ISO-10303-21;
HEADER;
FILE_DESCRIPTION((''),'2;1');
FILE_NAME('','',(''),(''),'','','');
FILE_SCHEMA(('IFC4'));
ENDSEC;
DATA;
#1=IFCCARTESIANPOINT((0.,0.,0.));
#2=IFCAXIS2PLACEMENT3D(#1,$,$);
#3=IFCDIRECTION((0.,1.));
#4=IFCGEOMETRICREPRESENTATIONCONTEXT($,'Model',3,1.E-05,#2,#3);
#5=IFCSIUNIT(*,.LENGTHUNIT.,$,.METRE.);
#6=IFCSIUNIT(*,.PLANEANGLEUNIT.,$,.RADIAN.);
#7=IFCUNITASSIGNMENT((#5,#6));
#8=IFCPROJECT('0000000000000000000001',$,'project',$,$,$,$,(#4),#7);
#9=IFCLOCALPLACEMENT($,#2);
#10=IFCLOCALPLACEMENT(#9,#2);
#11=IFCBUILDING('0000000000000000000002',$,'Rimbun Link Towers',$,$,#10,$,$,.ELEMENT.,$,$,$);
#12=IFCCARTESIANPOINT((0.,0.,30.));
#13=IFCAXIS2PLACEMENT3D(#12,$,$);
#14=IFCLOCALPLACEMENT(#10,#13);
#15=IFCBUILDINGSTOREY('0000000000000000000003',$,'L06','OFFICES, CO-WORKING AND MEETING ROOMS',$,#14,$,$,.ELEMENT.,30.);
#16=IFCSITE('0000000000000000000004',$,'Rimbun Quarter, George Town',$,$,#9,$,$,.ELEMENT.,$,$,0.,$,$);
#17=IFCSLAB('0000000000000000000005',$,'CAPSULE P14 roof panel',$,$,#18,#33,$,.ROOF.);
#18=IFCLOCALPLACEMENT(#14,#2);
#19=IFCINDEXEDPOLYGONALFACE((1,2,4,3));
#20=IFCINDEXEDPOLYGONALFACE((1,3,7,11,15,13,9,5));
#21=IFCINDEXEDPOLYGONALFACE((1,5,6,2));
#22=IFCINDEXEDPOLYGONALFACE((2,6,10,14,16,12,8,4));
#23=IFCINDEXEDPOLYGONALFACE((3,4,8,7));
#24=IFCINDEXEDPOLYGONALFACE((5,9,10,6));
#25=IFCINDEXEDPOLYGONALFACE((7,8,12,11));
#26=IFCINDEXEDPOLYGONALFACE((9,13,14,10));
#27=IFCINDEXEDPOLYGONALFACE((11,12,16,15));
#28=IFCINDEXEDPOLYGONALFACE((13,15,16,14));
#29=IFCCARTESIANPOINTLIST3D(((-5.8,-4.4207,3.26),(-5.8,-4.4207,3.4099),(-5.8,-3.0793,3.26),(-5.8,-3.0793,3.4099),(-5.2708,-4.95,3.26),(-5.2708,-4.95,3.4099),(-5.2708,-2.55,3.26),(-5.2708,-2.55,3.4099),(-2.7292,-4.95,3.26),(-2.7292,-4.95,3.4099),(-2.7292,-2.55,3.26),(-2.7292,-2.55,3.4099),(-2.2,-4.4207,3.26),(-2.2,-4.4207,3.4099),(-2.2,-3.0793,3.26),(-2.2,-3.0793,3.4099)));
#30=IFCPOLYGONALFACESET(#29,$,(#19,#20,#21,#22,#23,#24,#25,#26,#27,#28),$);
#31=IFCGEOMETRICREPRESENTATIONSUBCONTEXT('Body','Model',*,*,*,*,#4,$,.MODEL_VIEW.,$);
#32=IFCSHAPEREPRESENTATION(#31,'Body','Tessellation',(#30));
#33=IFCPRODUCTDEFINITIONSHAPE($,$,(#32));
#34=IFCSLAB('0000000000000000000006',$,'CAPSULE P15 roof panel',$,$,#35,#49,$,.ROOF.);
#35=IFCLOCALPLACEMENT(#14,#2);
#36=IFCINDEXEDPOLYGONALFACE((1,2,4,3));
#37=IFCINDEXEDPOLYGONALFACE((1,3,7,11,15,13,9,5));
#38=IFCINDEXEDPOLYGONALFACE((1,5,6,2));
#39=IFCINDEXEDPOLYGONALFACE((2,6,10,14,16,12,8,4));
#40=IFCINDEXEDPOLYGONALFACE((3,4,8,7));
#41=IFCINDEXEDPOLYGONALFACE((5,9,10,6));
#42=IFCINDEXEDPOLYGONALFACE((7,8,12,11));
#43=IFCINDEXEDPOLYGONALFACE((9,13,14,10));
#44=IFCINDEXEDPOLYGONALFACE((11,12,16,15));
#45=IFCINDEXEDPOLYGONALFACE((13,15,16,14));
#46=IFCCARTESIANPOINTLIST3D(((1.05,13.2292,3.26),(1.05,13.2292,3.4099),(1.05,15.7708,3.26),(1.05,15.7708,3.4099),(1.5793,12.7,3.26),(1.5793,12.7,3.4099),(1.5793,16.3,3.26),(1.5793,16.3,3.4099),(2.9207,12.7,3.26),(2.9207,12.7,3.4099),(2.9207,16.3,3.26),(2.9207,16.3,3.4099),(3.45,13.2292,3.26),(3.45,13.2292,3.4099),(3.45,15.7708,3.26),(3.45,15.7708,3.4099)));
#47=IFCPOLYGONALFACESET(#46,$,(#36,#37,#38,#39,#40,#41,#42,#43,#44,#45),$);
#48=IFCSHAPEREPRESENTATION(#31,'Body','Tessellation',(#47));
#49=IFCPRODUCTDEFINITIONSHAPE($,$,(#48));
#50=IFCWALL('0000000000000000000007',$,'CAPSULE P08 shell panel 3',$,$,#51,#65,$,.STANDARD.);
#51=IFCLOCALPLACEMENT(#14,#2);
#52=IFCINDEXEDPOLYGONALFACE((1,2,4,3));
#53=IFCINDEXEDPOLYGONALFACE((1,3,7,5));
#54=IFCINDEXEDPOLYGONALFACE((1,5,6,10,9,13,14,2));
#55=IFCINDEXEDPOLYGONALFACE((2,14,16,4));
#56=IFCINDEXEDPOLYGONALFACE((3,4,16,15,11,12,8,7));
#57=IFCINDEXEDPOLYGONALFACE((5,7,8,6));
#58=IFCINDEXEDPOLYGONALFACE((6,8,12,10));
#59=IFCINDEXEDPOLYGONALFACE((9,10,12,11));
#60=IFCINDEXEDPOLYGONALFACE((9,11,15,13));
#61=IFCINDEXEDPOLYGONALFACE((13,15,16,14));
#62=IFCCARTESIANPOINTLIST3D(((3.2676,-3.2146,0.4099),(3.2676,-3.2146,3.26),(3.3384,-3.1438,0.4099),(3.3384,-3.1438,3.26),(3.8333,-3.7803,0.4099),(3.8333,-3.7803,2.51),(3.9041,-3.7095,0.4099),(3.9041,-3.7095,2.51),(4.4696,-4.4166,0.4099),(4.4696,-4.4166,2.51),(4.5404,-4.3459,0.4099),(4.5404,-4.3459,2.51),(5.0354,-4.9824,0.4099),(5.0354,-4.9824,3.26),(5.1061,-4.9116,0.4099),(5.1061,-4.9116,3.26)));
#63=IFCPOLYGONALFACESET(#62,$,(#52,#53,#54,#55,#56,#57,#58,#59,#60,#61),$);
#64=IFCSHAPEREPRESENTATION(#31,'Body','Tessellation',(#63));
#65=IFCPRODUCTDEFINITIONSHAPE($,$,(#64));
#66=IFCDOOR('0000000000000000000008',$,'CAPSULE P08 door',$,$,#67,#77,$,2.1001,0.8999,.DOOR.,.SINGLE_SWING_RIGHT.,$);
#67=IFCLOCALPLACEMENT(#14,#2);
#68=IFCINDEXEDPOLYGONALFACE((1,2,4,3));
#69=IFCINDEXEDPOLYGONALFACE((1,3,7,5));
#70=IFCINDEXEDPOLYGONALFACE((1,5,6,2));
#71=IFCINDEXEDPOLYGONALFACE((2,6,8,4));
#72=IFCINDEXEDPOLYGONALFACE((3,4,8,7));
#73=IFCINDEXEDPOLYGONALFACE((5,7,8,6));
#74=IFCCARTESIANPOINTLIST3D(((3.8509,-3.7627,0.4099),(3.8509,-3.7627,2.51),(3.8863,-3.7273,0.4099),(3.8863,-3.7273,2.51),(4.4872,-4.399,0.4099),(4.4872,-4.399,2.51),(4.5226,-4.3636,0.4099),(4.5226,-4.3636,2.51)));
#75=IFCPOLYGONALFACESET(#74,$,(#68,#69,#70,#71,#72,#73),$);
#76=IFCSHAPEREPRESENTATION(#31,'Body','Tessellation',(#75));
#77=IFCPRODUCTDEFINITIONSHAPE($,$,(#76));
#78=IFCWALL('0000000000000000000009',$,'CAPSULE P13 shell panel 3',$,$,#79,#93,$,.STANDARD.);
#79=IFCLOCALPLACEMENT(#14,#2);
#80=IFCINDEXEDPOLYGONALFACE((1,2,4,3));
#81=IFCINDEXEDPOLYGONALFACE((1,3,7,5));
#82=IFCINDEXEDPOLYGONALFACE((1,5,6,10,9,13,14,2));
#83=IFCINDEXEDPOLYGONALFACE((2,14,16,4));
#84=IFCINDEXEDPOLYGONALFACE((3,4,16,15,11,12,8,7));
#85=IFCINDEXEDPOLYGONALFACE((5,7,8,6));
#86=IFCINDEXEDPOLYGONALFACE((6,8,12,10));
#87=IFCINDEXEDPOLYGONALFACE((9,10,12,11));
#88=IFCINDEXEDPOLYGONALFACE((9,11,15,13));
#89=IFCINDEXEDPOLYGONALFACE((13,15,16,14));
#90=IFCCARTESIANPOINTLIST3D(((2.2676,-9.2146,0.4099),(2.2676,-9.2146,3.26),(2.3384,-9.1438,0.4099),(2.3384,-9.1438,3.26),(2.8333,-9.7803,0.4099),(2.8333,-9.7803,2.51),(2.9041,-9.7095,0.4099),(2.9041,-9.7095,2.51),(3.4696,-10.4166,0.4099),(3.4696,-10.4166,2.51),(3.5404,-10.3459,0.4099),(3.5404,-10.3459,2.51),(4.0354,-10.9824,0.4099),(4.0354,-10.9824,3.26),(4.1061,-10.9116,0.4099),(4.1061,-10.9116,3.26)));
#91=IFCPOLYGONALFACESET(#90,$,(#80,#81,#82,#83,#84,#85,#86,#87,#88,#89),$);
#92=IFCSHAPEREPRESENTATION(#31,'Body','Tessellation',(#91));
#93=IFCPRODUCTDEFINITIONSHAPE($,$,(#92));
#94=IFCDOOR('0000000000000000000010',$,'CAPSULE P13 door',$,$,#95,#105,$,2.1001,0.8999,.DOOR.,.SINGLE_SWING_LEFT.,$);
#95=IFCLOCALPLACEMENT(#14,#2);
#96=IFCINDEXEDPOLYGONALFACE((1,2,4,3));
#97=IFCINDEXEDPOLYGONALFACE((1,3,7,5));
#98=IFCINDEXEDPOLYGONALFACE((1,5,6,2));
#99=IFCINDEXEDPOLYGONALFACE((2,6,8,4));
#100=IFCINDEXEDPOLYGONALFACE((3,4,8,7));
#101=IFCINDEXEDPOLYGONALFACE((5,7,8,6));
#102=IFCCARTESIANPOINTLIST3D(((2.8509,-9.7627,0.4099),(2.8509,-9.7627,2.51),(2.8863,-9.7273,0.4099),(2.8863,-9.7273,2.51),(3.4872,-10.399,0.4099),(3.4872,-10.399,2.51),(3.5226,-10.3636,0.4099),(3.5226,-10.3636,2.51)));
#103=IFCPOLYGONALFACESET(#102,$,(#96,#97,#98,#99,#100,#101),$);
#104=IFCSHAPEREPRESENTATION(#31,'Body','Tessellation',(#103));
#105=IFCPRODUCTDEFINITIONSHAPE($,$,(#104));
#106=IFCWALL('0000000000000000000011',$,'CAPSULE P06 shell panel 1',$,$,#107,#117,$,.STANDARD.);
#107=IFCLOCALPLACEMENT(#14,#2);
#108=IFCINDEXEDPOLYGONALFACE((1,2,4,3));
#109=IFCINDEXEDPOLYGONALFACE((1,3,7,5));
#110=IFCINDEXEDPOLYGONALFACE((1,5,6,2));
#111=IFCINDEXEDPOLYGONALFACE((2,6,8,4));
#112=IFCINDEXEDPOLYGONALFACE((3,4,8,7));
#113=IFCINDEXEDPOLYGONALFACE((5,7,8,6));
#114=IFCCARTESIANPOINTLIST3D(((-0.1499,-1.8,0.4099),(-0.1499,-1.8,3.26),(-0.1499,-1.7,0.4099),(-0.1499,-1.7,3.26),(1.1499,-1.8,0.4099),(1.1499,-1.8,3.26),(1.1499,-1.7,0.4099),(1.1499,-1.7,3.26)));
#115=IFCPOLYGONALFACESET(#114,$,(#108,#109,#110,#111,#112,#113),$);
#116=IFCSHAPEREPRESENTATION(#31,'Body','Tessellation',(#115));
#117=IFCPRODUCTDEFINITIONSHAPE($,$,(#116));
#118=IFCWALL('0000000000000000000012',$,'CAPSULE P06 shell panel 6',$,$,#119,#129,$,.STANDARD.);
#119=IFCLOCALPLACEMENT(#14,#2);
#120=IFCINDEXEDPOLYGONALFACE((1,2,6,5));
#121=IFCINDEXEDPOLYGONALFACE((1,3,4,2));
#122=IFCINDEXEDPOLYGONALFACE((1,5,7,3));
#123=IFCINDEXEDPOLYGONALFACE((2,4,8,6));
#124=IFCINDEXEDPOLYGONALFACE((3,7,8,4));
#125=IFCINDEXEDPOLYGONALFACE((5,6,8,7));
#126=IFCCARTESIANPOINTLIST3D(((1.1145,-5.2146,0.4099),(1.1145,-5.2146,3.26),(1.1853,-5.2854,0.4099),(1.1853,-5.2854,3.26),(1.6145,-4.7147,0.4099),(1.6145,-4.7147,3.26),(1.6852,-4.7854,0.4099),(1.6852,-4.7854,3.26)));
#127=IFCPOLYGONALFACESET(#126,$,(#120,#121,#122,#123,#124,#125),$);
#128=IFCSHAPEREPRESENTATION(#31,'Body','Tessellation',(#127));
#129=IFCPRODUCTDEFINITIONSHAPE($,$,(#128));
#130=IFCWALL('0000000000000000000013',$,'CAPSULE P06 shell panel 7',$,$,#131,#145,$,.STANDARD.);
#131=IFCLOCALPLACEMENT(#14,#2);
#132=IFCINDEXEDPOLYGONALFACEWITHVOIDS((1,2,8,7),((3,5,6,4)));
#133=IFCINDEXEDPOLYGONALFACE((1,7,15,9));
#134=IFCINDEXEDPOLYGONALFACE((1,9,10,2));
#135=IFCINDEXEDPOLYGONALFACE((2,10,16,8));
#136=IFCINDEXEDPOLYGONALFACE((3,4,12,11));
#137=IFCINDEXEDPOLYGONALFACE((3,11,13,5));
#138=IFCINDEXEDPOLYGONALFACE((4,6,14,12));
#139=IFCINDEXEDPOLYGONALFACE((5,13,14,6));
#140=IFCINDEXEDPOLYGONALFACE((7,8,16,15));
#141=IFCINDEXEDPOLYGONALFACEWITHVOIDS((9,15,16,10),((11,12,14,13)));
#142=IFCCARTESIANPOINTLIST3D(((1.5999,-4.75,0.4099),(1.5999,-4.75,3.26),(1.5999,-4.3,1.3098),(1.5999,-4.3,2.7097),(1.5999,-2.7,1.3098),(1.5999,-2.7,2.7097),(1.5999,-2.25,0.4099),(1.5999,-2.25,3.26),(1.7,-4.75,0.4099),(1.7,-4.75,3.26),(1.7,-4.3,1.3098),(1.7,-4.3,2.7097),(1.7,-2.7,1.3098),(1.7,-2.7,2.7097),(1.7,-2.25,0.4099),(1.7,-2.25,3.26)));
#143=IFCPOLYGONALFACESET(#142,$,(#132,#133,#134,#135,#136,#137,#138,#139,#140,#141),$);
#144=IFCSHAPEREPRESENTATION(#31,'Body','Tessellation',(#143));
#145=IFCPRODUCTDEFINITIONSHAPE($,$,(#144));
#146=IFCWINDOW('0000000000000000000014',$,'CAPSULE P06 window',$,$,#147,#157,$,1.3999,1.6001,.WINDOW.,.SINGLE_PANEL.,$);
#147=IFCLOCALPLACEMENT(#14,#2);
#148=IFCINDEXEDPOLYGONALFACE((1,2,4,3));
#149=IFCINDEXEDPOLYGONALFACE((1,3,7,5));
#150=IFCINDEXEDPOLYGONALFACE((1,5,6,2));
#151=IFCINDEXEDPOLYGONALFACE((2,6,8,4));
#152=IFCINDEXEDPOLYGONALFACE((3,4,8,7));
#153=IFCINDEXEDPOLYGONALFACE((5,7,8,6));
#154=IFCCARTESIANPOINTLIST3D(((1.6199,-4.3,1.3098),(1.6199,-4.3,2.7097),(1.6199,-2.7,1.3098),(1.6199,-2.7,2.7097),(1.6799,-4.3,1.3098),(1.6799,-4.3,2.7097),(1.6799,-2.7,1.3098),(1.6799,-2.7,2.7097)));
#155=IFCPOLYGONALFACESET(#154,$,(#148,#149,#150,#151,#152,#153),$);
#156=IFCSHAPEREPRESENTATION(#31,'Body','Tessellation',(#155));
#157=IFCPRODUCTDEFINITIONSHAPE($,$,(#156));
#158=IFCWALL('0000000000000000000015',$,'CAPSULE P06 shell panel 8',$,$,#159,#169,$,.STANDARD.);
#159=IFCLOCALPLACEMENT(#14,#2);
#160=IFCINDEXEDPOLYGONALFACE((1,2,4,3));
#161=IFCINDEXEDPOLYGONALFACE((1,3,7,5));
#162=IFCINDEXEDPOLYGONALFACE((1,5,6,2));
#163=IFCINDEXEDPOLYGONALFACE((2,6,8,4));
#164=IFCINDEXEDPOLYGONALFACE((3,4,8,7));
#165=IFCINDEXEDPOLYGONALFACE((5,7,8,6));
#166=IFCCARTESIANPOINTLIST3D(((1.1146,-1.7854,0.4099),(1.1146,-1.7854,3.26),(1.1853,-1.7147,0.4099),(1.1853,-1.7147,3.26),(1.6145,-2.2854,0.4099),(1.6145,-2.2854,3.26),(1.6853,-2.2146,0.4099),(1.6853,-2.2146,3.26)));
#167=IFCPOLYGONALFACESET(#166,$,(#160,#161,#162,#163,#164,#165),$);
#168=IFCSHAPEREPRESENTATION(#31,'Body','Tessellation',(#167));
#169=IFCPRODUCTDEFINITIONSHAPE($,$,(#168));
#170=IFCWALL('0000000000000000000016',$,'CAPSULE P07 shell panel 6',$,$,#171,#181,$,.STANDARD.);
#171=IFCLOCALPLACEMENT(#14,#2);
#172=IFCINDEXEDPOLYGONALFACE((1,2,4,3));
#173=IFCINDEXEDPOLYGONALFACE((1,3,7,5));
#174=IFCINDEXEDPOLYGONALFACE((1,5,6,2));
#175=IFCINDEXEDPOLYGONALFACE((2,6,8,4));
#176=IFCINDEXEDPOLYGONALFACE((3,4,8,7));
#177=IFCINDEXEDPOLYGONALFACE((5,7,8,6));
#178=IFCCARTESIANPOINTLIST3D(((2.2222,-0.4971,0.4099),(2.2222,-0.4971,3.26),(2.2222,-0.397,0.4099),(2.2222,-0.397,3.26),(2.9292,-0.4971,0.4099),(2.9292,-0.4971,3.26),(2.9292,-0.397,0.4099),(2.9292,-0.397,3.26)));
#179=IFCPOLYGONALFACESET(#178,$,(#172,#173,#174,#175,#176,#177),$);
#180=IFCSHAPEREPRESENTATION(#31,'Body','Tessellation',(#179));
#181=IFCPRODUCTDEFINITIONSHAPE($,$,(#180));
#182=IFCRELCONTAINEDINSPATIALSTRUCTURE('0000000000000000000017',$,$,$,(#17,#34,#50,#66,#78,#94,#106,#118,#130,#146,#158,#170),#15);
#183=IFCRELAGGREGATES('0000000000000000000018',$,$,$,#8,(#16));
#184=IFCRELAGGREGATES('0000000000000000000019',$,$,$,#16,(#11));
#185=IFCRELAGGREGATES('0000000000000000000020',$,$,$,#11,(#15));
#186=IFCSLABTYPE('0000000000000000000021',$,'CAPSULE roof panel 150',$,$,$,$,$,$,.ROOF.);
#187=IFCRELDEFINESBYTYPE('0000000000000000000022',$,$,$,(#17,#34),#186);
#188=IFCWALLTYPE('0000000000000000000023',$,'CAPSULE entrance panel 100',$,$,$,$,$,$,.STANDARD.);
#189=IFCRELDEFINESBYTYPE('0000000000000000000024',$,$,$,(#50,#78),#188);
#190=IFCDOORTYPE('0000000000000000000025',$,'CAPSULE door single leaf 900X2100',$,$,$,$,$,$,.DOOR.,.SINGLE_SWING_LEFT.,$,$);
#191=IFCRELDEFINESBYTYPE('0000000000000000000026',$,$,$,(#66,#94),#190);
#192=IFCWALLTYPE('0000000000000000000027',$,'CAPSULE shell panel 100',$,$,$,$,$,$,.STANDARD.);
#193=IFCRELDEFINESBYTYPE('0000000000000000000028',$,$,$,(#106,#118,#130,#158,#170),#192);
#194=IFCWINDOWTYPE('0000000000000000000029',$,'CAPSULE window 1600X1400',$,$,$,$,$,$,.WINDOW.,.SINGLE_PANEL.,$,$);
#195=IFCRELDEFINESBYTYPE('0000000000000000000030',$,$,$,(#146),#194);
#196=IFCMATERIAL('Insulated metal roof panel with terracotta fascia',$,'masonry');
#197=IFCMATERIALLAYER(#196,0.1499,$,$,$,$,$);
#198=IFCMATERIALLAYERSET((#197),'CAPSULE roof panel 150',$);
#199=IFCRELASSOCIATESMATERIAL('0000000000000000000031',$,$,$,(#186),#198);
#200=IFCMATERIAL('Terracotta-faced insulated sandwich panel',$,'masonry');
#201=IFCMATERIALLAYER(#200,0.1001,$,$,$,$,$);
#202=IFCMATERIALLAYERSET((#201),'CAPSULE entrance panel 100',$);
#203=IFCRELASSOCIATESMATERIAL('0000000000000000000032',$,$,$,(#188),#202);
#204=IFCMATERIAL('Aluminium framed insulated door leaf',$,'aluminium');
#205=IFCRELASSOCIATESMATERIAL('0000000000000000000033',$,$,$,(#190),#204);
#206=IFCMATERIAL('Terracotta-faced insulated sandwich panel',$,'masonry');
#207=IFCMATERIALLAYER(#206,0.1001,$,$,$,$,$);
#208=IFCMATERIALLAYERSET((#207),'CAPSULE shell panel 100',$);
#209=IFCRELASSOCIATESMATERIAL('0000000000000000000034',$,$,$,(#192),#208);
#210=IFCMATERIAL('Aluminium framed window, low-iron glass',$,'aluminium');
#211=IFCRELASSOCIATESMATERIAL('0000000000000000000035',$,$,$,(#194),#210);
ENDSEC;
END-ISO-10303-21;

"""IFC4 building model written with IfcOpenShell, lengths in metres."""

from ifc_helpers import new_model, si_unit, direction, frame, frame_2d, origin, place, context, subcontext, project, spatial, polyline, rectangle, outline, extrude, material, layer, layer_set, type_object, element, fill, save


model = new_model("IFC4")

# Units and contexts
model_context = context("Model", 3, precision=1e-05, world=origin(), true_north=direction((0.0, 1.0)))
body_context = subcontext(model_context, "Body", "Model", "MODEL_VIEW")
ifc_project = project(units=[si_unit("LENGTHUNIT", "METRE"), si_unit("PLANEANGLEUNIT", "RADIAN")], contexts=[model_context])

# Site, building, storey
site_placement = place(None, origin())
site = spatial("IfcSite", under=ifc_project, at=site_placement, Name="Rimbun Quarter, George Town", CompositionType="ELEMENT", RefElevation=0.0)
building_placement = place(site_placement, origin())
building = spatial("IfcBuilding", under=site, at=building_placement, Name="Rimbun Link Towers", CompositionType="ELEMENT")
storey_placement = place(building_placement, frame((0.0, 0.0, 30.0)))
storey = spatial("IfcBuildingStorey", under=building, at=storey_placement, Name="L06", Description="OFFICES, CO-WORKING AND MEETING ROOMS", CompositionType="ELEMENT", Elevation=30.0)

# Slabs
ifc_material_1 = material(Name="Insulated metal roof panel with terracotta fascia", Category="masonry")
ifc_layer_1 = layer(ifc_material_1, 0.1499)
ifc_layer_set_1 = layer_set([ifc_layer_1], Name="CAPSULE roof panel 150")
slab_type_1 = type_object("IfcSlabType", Name="CAPSULE roof panel 150", PredefinedType="ROOF", material=ifc_layer_set_1)
slab_1_placement = place(storey_placement, frame((0.0, 0.0, 3.26)))
element("IfcSlab", 1, at=slab_1_placement, inside=storey, type_object=slab_type_1, Name="CAPSULE P14 roof panel", PredefinedType="ROOF", context=body_context, shape_type="SweptSolid", body=[
    extrude(outline(polyline([(-2.2, -3.0793), (-2.7292, -2.55), (-5.2708, -2.55), (-5.8, -3.0793), (-5.8, -4.4207), (-5.2708, -4.95), (-2.7292, -4.95), (-2.2, -4.4207), (-2.2, -3.0793)])), origin(), (0.0, 0.0, 1.0), 0.1499),
])
slab_2_placement = place(storey_placement, frame((0.0, 0.0, 3.26)))
element("IfcSlab", 2, at=slab_2_placement, inside=storey, type_object=slab_type_1, Name="CAPSULE P15 roof panel", PredefinedType="ROOF", context=body_context, shape_type="SweptSolid", body=[
    extrude(outline(polyline([(1.5793, 16.3), (1.05, 15.7708), (1.05, 13.2292), (1.5793, 12.7), (2.9207, 12.7), (3.45, 13.2292), (3.45, 15.7708), (2.9207, 16.3), (1.5793, 16.3)])), origin(), (0.0, 0.0, 1.0), 0.1499),
])

# Walls, openings, doors
ifc_material_2 = material(Name="Terracotta-faced insulated sandwich panel", Category="masonry")
ifc_layer_2 = layer(ifc_material_2, 0.1001)
ifc_layer_set_2 = layer_set([ifc_layer_2], Name="CAPSULE entrance panel 100")
wall_type_1 = type_object("IfcWallType", Name="CAPSULE entrance panel 100", PredefinedType="STANDARD", material=ifc_layer_set_2)
wall_1_placement = place(storey_placement, frame((3.303, -3.1792, 0.4099), z_axis=(0.0, 0.0, 1.0), x_axis=(0.707107, -0.707107, 0.0)))
wall_1 = element("IfcWall", 3, at=wall_1_placement, inside=storey, type_object=wall_type_1, Name="CAPSULE P08 shell panel 3", PredefinedType="STANDARD", context=body_context, shape_type="SweptSolid", body=[
    extrude(rectangle(XDim=2.5, YDim=0.1001, at=frame_2d((1.25, 0.0))), origin(), (0.0, 0.0, 1.0), 2.8501),
])
opening_1_placement = place(wall_1_placement, frame((0.8, 0.0, 0.0)))
opening_1 = element("IfcOpeningElement", 4, at=opening_1_placement, cuts=wall_1, PredefinedType="OPENING", context=body_context, shape_type="SweptSolid", body=[
    extrude(rectangle(XDim=0.8999, YDim=2.1001, at=frame_2d((0.45, 1.05))), frame((0.0, 0.0601, 0.0), z_axis=(0.0, -1.0, 0.0), x_axis=(1.0, 0.0, 0.0)), (0.0, 0.0, 1.0), 0.1201),
])
ifc_material_3 = material(Name="Aluminium framed insulated door leaf", Category="aluminium")
door_type = type_object("IfcDoorType", Name="CAPSULE door single leaf 900X2100", OperationType="SINGLE_SWING_LEFT", PredefinedType="DOOR", material=ifc_material_3)
door_1_placement = place(opening_1_placement, origin())
door_1 = element("IfcDoor", 5, at=door_1_placement, inside=storey, type_object=door_type, Name="CAPSULE P08 door", OperationType="SINGLE_SWING_RIGHT", OverallHeight=2.1001, OverallWidth=0.8999, PredefinedType="DOOR", context=body_context, shape_type="SweptSolid", body=[
    extrude(rectangle(XDim=0.8999, YDim=2.1001, at=frame_2d((0.45, 1.05))), frame((0.0, 0.0249, 0.0), z_axis=(0.0, -1.0, 0.0), x_axis=(1.0, 0.0, 0.0)), (0.0, 0.0, 1.0), 0.05),
])
fill(opening_1, door_1)
wall_2_placement = place(storey_placement, frame((2.303, -9.1792, 0.4099), z_axis=(0.0, 0.0, 1.0), x_axis=(0.707107, -0.707107, 0.0)))
wall_2 = element("IfcWall", 6, at=wall_2_placement, inside=storey, type_object=wall_type_1, Name="CAPSULE P13 shell panel 3", PredefinedType="STANDARD", context=body_context, shape_type="SweptSolid", body=[
    extrude(rectangle(XDim=2.5, YDim=0.1001, at=frame_2d((1.25, 0.0))), origin(), (0.0, 0.0, 1.0), 2.8501),
])
opening_2_placement = place(wall_2_placement, frame((0.8, 0.0, 0.0)))
opening_2 = element("IfcOpeningElement", 7, at=opening_2_placement, cuts=wall_2, PredefinedType="OPENING", context=body_context, shape_type="SweptSolid", body=[
    extrude(rectangle(XDim=0.8999, YDim=2.1001, at=frame_2d((0.45, 1.05))), frame((0.0, 0.0601, 0.0), z_axis=(0.0, -1.0, 0.0), x_axis=(1.0, 0.0, 0.0)), (0.0, 0.0, 1.0), 0.1201),
])
door_2_placement = place(opening_2_placement, origin())
door_2 = element("IfcDoor", 8, at=door_2_placement, inside=storey, type_object=door_type, Name="CAPSULE P13 door", OperationType="SINGLE_SWING_LEFT", OverallHeight=2.1001, OverallWidth=0.8999, PredefinedType="DOOR", context=body_context, shape_type="SweptSolid", body=[
    extrude(rectangle(XDim=0.8999, YDim=2.1001, at=frame_2d((0.45, 1.05))), frame((0.0, 0.0249, 0.0), z_axis=(0.0, -1.0, 0.0), x_axis=(1.0, 0.0, 0.0)), (0.0, 0.0, 1.0), 0.05),
])
fill(opening_2, door_2)

# Walls
ifc_material_4 = material(Name="Terracotta-faced insulated sandwich panel", Category="masonry")
ifc_layer_3 = layer(ifc_material_4, 0.1001)
ifc_layer_set_3 = layer_set([ifc_layer_3], Name="CAPSULE shell panel 100")
wall_type_2 = type_object("IfcWallType", Name="CAPSULE shell panel 100", PredefinedType="STANDARD", material=ifc_layer_set_3)
wall_3_placement = place(storey_placement, frame((1.1499, -1.75, 0.4099), z_axis=(0.0, 0.0, 1.0), x_axis=(-1.0, 0.0, 0.0)))
element("IfcWall", 9, at=wall_3_placement, inside=storey, type_object=wall_type_2, Name="CAPSULE P06 shell panel 1", PredefinedType="STANDARD", context=body_context, shape_type="SweptSolid", body=[
    extrude(rectangle(XDim=1.2998, YDim=0.1001, at=frame_2d((0.6499, 0.0))), origin(), (0.0, 0.0, 1.0), 2.8501),
])
wall_4_placement = place(storey_placement, frame((1.1499, -5.25, 0.4099), z_axis=(0.0, 0.0, 1.0), x_axis=(0.707107, 0.707107, 0.0)))
element("IfcWall", 10, at=wall_4_placement, inside=storey, type_object=wall_type_2, Name="CAPSULE P06 shell panel 6", PredefinedType="STANDARD", context=body_context, shape_type="SweptSolid", body=[
    extrude(rectangle(XDim=0.707, YDim=0.1001, at=frame_2d((0.3535, 0.0))), origin(), (0.0, 0.0, 1.0), 2.8501),
])

# Wall, opening, window
wall_5_placement = place(storey_placement, frame((1.6499, -4.75, 0.4099), z_axis=(0.0, 0.0, 1.0), x_axis=(0.0, 1.0, 0.0)))
wall_5 = element("IfcWall", 11, at=wall_5_placement, inside=storey, type_object=wall_type_2, Name="CAPSULE P06 shell panel 7", PredefinedType="STANDARD", context=body_context, shape_type="SweptSolid", body=[
    extrude(rectangle(XDim=2.5, YDim=0.1001, at=frame_2d((1.25, 0.0))), origin(), (0.0, 0.0, 1.0), 2.8501),
])
opening_3_placement = place(wall_5_placement, frame((0.45, 0.0, 0.8999)))
opening_3 = element("IfcOpeningElement", 12, at=opening_3_placement, cuts=wall_5, PredefinedType="OPENING", context=body_context, shape_type="SweptSolid", body=[
    extrude(rectangle(XDim=1.6001, YDim=1.3999, at=frame_2d((0.8, 0.7))), frame((0.0, 0.0601, 0.0), z_axis=(0.0, -1.0, 0.0), x_axis=(1.0, 0.0, 0.0)), (0.0, 0.0, 1.0), 0.1201),
])
ifc_material_5 = material(Name="Aluminium framed window, low-iron glass", Category="aluminium")
window_type = type_object("IfcWindowType", Name="CAPSULE window 1600X1400", PartitioningType="SINGLE_PANEL", PredefinedType="WINDOW", material=ifc_material_5)
window_1_placement = place(opening_3_placement, origin())
window_1 = element("IfcWindow", 13, at=window_1_placement, inside=storey, type_object=window_type, Name="CAPSULE P06 window", OverallHeight=1.3999, OverallWidth=1.6001, PartitioningType="SINGLE_PANEL", PredefinedType="WINDOW", context=body_context, shape_type="SweptSolid", body=[
    extrude(rectangle(XDim=1.6001, YDim=1.3999, at=frame_2d((0.8, 0.7))), frame((0.0, 0.03, 0.0), z_axis=(0.0, -1.0, 0.0), x_axis=(1.0, 0.0, 0.0)), (0.0, 0.0, 1.0), 0.0601),
])
fill(opening_3, window_1)

# Walls
for number, where, z_axis, x_axis, name in (
    (14, (1.6499, -2.25, 0.4099), (0.0, 0.0, 1.0), (-0.707107, 0.707107, 0.0), "CAPSULE P06 shell panel 8"),
    (15, (2.2222, -0.447, 0.4099), (0.0, 0.0, 1.0), (1.0, 0.0, 0.0), "CAPSULE P07 shell panel 6"),
):
    element("IfcWall", number, at=place(storey_placement, frame(where, z_axis=z_axis, x_axis=x_axis)), inside=storey, type_object=wall_type_2, Name=name, PredefinedType="STANDARD", context=body_context, shape_type="SweptSolid", body=[
        extrude(rectangle(XDim=0.707, YDim=0.1001, at=frame_2d((0.3535, 0.0))), origin(), (0.0, 0.0, 1.0), 2.8501),
    ])

save(model, "model.ifc")
